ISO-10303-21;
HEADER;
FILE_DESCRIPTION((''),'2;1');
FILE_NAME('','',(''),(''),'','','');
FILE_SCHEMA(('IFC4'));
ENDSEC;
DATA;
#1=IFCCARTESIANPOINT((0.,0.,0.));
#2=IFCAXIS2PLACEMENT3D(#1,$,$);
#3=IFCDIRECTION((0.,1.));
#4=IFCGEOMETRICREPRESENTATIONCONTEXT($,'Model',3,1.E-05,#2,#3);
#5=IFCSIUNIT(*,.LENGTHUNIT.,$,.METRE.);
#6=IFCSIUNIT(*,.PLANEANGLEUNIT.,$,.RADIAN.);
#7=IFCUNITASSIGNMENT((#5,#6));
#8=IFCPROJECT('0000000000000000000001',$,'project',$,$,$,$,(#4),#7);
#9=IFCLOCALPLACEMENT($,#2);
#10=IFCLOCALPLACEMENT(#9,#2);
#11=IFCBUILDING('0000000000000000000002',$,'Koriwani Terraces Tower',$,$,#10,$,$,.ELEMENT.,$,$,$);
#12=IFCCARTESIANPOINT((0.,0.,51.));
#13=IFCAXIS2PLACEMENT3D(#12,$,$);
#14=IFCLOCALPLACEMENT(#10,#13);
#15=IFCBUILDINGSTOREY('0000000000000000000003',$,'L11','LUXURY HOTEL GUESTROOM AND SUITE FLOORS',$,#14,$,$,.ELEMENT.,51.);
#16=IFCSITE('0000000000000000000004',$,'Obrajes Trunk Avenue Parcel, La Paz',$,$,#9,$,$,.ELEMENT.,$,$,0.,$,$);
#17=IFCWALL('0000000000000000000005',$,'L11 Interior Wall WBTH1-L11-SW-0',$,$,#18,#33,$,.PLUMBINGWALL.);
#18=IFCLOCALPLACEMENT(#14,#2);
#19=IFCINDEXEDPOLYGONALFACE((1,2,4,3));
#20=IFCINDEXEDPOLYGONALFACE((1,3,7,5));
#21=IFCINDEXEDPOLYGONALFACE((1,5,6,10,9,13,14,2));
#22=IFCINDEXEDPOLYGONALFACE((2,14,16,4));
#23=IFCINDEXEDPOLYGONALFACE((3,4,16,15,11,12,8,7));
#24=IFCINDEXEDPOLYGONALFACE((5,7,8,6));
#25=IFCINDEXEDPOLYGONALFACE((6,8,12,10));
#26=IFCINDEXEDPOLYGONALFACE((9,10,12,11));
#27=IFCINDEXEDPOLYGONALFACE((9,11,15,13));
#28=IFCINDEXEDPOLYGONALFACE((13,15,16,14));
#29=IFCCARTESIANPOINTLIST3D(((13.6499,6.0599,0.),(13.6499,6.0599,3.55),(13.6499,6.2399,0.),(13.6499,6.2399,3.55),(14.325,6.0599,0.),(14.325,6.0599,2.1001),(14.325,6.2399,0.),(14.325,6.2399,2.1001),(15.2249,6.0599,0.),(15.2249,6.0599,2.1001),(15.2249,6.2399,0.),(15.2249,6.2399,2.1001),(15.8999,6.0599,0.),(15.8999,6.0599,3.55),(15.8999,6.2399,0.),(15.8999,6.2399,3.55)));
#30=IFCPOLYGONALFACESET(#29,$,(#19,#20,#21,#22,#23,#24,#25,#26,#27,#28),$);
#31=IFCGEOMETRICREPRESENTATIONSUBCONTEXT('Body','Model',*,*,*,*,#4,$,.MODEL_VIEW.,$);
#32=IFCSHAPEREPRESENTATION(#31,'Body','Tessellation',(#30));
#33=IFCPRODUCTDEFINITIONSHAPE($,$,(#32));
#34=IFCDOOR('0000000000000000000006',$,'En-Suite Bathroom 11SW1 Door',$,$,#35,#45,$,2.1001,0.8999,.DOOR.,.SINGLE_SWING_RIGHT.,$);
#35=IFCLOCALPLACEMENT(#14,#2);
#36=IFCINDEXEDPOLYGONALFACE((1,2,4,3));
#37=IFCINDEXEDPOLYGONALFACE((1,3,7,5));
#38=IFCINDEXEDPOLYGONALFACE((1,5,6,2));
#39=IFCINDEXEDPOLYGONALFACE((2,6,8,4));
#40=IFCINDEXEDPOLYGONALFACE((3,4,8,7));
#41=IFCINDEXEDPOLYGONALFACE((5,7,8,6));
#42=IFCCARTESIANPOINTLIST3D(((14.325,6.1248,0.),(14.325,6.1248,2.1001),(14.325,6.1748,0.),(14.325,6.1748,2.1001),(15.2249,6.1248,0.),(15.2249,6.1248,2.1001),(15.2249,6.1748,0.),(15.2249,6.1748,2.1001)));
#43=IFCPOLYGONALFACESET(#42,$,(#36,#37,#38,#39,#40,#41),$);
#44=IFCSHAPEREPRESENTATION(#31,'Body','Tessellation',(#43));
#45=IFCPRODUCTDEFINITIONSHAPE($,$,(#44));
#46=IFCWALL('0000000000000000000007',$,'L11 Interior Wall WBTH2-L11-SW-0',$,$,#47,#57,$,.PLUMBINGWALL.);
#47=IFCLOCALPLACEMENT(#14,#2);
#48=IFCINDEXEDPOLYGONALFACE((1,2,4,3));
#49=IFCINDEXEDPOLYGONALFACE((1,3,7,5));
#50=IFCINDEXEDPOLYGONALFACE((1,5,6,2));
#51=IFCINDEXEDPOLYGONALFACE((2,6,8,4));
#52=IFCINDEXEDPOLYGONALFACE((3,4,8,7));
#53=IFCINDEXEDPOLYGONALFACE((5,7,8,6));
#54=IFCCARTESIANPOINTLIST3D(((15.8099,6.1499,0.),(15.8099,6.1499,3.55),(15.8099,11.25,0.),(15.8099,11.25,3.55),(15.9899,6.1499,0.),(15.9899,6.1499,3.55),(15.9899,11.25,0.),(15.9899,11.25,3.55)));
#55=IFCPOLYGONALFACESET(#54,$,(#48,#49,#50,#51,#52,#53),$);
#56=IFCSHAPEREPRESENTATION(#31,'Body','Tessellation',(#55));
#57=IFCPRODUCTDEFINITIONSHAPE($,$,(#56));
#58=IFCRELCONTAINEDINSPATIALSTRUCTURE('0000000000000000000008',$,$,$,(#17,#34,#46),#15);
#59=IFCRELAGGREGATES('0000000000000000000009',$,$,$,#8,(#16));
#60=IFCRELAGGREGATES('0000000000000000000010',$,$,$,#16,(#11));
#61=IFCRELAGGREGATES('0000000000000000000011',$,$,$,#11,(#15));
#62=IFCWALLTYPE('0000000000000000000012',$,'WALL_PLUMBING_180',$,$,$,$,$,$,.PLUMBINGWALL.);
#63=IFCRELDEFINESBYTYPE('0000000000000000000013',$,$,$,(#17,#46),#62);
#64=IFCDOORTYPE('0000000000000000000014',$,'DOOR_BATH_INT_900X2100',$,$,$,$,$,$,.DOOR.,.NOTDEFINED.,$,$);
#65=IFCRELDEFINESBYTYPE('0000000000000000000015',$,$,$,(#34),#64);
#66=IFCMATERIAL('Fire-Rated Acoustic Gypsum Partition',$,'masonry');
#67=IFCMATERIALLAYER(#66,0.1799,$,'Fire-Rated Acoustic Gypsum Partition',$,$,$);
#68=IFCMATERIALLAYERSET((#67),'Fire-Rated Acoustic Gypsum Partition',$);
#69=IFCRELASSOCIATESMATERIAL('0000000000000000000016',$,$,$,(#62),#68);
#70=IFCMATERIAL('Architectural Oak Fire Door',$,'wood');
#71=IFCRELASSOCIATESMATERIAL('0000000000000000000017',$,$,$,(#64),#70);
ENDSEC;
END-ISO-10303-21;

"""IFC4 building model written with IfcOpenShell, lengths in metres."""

from ifc_helpers import new_model, si_unit, direction, frame, frame_2d, origin, place, context, subcontext, project, spatial, rectangle, extrude, material, layer, layer_set, type_object, element, fill, save


model = new_model("IFC4")

# Units and contexts
model_context = context("Model", 3, precision=1e-05, world=origin(), true_north=direction((0.0, 1.0)))
body_context = subcontext(model_context, "Body", "Model", "MODEL_VIEW")
ifc_project = project(units=[si_unit("LENGTHUNIT", "METRE"), si_unit("PLANEANGLEUNIT", "RADIAN")], contexts=[model_context])

# Site, building, storey
site_placement = place(None, origin())
site = spatial("IfcSite", under=ifc_project, at=site_placement, Name="Obrajes Trunk Avenue Parcel, La Paz", CompositionType="ELEMENT", RefElevation=0.0)
building_placement = place(site_placement, origin())
building = spatial("IfcBuilding", under=site, at=building_placement, Name="Koriwani Terraces Tower", CompositionType="ELEMENT")
storey_placement = place(building_placement, frame((0.0, 0.0, 51.0)))
storey = spatial("IfcBuildingStorey", under=building, at=storey_placement, Name="L11", Description="LUXURY HOTEL GUESTROOM AND SUITE FLOORS", CompositionType="ELEMENT", Elevation=51.0)

# Shared definitions
ifc_material_1 = material(Name="Architectural Oak Fire Door", Category="wood")

# Wall, opening, door
ifc_material_2 = material(Name="Fire-Rated Acoustic Gypsum Partition", Category="masonry")
ifc_layer_1 = layer(ifc_material_2, 0.1799, Name="Fire-Rated Acoustic Gypsum Partition")
ifc_layer_set_1 = layer_set([ifc_layer_1], Name="Fire-Rated Acoustic Gypsum Partition")
wall_type_1 = type_object("IfcWallType", Name="WALL_PLUMBING_180", PredefinedType="PLUMBINGWALL", material=ifc_layer_set_1)
wall_1_placement = place(storey_placement, frame((13.6499, 6.1499, 0.0), z_axis=(0.0, 0.0, 1.0), x_axis=(1.0, 0.0, 0.0)))
wall_1 = element("IfcWall", 1, at=wall_1_placement, inside=storey, type_object=wall_type_1, Name="L11 Interior Wall WBTH1-L11-SW-0", PredefinedType="PLUMBINGWALL", context=body_context, shape_type="SweptSolid", body=[
    extrude(rectangle(XDim=2.25, YDim=0.1799, at=frame_2d((1.125, 0.0))), origin(), (0.0, 0.0, 1.0), 3.55),
])
opening_1_placement = place(wall_1_placement, frame((0.675, 0.0, 0.0)))
opening_1 = element("IfcOpeningElement", 2, at=opening_1_placement, cuts=wall_1, PredefinedType="OPENING", context=body_context, shape_type="SweptSolid", body=[
    extrude(rectangle(XDim=0.8999, YDim=2.1001, at=frame_2d((0.45, 1.05))), frame((0.0, 0.1001, 0.0), z_axis=(0.0, -1.0, 0.0), x_axis=(1.0, 0.0, 0.0)), (0.0, 0.0, 1.0), 0.2),
])
door_type_1 = type_object("IfcDoorType", Name="DOOR_BATH_INT_900X2100", OperationType="NOTDEFINED", PredefinedType="DOOR", material=ifc_material_1)
door_1_placement = place(opening_1_placement, origin())
door_1 = element("IfcDoor", 3, at=door_1_placement, inside=storey, type_object=door_type_1, Name="En-Suite Bathroom 11SW1 Door", OperationType="SINGLE_SWING_RIGHT", OverallHeight=2.1001, OverallWidth=0.8999, PredefinedType="DOOR", context=body_context, shape_type="SweptSolid", body=[
    extrude(rectangle(XDim=0.8999, YDim=2.1001, at=frame_2d((0.45, 1.05))), frame((0.0, 0.0249, 0.0), z_axis=(0.0, -1.0, 0.0), x_axis=(1.0, 0.0, 0.0)), (0.0, 0.0, 1.0), 0.05),
])
fill(opening_1, door_1)

# Wall
wall_2_placement = place(storey_placement, frame((15.8999, 6.1499, 0.0), z_axis=(0.0, 0.0, 1.0), x_axis=(0.0, 1.0, 0.0)))
element("IfcWall", 4, at=wall_2_placement, inside=storey, type_object=wall_type_1, Name="L11 Interior Wall WBTH2-L11-SW-0", PredefinedType="PLUMBINGWALL", context=body_context, shape_type="SweptSolid", body=[
    extrude(rectangle(XDim=5.1001, YDim=0.1799, at=frame_2d((2.55, 0.0))), origin(), (0.0, 0.0, 1.0), 3.55),
])

save(model, "model.ifc")
